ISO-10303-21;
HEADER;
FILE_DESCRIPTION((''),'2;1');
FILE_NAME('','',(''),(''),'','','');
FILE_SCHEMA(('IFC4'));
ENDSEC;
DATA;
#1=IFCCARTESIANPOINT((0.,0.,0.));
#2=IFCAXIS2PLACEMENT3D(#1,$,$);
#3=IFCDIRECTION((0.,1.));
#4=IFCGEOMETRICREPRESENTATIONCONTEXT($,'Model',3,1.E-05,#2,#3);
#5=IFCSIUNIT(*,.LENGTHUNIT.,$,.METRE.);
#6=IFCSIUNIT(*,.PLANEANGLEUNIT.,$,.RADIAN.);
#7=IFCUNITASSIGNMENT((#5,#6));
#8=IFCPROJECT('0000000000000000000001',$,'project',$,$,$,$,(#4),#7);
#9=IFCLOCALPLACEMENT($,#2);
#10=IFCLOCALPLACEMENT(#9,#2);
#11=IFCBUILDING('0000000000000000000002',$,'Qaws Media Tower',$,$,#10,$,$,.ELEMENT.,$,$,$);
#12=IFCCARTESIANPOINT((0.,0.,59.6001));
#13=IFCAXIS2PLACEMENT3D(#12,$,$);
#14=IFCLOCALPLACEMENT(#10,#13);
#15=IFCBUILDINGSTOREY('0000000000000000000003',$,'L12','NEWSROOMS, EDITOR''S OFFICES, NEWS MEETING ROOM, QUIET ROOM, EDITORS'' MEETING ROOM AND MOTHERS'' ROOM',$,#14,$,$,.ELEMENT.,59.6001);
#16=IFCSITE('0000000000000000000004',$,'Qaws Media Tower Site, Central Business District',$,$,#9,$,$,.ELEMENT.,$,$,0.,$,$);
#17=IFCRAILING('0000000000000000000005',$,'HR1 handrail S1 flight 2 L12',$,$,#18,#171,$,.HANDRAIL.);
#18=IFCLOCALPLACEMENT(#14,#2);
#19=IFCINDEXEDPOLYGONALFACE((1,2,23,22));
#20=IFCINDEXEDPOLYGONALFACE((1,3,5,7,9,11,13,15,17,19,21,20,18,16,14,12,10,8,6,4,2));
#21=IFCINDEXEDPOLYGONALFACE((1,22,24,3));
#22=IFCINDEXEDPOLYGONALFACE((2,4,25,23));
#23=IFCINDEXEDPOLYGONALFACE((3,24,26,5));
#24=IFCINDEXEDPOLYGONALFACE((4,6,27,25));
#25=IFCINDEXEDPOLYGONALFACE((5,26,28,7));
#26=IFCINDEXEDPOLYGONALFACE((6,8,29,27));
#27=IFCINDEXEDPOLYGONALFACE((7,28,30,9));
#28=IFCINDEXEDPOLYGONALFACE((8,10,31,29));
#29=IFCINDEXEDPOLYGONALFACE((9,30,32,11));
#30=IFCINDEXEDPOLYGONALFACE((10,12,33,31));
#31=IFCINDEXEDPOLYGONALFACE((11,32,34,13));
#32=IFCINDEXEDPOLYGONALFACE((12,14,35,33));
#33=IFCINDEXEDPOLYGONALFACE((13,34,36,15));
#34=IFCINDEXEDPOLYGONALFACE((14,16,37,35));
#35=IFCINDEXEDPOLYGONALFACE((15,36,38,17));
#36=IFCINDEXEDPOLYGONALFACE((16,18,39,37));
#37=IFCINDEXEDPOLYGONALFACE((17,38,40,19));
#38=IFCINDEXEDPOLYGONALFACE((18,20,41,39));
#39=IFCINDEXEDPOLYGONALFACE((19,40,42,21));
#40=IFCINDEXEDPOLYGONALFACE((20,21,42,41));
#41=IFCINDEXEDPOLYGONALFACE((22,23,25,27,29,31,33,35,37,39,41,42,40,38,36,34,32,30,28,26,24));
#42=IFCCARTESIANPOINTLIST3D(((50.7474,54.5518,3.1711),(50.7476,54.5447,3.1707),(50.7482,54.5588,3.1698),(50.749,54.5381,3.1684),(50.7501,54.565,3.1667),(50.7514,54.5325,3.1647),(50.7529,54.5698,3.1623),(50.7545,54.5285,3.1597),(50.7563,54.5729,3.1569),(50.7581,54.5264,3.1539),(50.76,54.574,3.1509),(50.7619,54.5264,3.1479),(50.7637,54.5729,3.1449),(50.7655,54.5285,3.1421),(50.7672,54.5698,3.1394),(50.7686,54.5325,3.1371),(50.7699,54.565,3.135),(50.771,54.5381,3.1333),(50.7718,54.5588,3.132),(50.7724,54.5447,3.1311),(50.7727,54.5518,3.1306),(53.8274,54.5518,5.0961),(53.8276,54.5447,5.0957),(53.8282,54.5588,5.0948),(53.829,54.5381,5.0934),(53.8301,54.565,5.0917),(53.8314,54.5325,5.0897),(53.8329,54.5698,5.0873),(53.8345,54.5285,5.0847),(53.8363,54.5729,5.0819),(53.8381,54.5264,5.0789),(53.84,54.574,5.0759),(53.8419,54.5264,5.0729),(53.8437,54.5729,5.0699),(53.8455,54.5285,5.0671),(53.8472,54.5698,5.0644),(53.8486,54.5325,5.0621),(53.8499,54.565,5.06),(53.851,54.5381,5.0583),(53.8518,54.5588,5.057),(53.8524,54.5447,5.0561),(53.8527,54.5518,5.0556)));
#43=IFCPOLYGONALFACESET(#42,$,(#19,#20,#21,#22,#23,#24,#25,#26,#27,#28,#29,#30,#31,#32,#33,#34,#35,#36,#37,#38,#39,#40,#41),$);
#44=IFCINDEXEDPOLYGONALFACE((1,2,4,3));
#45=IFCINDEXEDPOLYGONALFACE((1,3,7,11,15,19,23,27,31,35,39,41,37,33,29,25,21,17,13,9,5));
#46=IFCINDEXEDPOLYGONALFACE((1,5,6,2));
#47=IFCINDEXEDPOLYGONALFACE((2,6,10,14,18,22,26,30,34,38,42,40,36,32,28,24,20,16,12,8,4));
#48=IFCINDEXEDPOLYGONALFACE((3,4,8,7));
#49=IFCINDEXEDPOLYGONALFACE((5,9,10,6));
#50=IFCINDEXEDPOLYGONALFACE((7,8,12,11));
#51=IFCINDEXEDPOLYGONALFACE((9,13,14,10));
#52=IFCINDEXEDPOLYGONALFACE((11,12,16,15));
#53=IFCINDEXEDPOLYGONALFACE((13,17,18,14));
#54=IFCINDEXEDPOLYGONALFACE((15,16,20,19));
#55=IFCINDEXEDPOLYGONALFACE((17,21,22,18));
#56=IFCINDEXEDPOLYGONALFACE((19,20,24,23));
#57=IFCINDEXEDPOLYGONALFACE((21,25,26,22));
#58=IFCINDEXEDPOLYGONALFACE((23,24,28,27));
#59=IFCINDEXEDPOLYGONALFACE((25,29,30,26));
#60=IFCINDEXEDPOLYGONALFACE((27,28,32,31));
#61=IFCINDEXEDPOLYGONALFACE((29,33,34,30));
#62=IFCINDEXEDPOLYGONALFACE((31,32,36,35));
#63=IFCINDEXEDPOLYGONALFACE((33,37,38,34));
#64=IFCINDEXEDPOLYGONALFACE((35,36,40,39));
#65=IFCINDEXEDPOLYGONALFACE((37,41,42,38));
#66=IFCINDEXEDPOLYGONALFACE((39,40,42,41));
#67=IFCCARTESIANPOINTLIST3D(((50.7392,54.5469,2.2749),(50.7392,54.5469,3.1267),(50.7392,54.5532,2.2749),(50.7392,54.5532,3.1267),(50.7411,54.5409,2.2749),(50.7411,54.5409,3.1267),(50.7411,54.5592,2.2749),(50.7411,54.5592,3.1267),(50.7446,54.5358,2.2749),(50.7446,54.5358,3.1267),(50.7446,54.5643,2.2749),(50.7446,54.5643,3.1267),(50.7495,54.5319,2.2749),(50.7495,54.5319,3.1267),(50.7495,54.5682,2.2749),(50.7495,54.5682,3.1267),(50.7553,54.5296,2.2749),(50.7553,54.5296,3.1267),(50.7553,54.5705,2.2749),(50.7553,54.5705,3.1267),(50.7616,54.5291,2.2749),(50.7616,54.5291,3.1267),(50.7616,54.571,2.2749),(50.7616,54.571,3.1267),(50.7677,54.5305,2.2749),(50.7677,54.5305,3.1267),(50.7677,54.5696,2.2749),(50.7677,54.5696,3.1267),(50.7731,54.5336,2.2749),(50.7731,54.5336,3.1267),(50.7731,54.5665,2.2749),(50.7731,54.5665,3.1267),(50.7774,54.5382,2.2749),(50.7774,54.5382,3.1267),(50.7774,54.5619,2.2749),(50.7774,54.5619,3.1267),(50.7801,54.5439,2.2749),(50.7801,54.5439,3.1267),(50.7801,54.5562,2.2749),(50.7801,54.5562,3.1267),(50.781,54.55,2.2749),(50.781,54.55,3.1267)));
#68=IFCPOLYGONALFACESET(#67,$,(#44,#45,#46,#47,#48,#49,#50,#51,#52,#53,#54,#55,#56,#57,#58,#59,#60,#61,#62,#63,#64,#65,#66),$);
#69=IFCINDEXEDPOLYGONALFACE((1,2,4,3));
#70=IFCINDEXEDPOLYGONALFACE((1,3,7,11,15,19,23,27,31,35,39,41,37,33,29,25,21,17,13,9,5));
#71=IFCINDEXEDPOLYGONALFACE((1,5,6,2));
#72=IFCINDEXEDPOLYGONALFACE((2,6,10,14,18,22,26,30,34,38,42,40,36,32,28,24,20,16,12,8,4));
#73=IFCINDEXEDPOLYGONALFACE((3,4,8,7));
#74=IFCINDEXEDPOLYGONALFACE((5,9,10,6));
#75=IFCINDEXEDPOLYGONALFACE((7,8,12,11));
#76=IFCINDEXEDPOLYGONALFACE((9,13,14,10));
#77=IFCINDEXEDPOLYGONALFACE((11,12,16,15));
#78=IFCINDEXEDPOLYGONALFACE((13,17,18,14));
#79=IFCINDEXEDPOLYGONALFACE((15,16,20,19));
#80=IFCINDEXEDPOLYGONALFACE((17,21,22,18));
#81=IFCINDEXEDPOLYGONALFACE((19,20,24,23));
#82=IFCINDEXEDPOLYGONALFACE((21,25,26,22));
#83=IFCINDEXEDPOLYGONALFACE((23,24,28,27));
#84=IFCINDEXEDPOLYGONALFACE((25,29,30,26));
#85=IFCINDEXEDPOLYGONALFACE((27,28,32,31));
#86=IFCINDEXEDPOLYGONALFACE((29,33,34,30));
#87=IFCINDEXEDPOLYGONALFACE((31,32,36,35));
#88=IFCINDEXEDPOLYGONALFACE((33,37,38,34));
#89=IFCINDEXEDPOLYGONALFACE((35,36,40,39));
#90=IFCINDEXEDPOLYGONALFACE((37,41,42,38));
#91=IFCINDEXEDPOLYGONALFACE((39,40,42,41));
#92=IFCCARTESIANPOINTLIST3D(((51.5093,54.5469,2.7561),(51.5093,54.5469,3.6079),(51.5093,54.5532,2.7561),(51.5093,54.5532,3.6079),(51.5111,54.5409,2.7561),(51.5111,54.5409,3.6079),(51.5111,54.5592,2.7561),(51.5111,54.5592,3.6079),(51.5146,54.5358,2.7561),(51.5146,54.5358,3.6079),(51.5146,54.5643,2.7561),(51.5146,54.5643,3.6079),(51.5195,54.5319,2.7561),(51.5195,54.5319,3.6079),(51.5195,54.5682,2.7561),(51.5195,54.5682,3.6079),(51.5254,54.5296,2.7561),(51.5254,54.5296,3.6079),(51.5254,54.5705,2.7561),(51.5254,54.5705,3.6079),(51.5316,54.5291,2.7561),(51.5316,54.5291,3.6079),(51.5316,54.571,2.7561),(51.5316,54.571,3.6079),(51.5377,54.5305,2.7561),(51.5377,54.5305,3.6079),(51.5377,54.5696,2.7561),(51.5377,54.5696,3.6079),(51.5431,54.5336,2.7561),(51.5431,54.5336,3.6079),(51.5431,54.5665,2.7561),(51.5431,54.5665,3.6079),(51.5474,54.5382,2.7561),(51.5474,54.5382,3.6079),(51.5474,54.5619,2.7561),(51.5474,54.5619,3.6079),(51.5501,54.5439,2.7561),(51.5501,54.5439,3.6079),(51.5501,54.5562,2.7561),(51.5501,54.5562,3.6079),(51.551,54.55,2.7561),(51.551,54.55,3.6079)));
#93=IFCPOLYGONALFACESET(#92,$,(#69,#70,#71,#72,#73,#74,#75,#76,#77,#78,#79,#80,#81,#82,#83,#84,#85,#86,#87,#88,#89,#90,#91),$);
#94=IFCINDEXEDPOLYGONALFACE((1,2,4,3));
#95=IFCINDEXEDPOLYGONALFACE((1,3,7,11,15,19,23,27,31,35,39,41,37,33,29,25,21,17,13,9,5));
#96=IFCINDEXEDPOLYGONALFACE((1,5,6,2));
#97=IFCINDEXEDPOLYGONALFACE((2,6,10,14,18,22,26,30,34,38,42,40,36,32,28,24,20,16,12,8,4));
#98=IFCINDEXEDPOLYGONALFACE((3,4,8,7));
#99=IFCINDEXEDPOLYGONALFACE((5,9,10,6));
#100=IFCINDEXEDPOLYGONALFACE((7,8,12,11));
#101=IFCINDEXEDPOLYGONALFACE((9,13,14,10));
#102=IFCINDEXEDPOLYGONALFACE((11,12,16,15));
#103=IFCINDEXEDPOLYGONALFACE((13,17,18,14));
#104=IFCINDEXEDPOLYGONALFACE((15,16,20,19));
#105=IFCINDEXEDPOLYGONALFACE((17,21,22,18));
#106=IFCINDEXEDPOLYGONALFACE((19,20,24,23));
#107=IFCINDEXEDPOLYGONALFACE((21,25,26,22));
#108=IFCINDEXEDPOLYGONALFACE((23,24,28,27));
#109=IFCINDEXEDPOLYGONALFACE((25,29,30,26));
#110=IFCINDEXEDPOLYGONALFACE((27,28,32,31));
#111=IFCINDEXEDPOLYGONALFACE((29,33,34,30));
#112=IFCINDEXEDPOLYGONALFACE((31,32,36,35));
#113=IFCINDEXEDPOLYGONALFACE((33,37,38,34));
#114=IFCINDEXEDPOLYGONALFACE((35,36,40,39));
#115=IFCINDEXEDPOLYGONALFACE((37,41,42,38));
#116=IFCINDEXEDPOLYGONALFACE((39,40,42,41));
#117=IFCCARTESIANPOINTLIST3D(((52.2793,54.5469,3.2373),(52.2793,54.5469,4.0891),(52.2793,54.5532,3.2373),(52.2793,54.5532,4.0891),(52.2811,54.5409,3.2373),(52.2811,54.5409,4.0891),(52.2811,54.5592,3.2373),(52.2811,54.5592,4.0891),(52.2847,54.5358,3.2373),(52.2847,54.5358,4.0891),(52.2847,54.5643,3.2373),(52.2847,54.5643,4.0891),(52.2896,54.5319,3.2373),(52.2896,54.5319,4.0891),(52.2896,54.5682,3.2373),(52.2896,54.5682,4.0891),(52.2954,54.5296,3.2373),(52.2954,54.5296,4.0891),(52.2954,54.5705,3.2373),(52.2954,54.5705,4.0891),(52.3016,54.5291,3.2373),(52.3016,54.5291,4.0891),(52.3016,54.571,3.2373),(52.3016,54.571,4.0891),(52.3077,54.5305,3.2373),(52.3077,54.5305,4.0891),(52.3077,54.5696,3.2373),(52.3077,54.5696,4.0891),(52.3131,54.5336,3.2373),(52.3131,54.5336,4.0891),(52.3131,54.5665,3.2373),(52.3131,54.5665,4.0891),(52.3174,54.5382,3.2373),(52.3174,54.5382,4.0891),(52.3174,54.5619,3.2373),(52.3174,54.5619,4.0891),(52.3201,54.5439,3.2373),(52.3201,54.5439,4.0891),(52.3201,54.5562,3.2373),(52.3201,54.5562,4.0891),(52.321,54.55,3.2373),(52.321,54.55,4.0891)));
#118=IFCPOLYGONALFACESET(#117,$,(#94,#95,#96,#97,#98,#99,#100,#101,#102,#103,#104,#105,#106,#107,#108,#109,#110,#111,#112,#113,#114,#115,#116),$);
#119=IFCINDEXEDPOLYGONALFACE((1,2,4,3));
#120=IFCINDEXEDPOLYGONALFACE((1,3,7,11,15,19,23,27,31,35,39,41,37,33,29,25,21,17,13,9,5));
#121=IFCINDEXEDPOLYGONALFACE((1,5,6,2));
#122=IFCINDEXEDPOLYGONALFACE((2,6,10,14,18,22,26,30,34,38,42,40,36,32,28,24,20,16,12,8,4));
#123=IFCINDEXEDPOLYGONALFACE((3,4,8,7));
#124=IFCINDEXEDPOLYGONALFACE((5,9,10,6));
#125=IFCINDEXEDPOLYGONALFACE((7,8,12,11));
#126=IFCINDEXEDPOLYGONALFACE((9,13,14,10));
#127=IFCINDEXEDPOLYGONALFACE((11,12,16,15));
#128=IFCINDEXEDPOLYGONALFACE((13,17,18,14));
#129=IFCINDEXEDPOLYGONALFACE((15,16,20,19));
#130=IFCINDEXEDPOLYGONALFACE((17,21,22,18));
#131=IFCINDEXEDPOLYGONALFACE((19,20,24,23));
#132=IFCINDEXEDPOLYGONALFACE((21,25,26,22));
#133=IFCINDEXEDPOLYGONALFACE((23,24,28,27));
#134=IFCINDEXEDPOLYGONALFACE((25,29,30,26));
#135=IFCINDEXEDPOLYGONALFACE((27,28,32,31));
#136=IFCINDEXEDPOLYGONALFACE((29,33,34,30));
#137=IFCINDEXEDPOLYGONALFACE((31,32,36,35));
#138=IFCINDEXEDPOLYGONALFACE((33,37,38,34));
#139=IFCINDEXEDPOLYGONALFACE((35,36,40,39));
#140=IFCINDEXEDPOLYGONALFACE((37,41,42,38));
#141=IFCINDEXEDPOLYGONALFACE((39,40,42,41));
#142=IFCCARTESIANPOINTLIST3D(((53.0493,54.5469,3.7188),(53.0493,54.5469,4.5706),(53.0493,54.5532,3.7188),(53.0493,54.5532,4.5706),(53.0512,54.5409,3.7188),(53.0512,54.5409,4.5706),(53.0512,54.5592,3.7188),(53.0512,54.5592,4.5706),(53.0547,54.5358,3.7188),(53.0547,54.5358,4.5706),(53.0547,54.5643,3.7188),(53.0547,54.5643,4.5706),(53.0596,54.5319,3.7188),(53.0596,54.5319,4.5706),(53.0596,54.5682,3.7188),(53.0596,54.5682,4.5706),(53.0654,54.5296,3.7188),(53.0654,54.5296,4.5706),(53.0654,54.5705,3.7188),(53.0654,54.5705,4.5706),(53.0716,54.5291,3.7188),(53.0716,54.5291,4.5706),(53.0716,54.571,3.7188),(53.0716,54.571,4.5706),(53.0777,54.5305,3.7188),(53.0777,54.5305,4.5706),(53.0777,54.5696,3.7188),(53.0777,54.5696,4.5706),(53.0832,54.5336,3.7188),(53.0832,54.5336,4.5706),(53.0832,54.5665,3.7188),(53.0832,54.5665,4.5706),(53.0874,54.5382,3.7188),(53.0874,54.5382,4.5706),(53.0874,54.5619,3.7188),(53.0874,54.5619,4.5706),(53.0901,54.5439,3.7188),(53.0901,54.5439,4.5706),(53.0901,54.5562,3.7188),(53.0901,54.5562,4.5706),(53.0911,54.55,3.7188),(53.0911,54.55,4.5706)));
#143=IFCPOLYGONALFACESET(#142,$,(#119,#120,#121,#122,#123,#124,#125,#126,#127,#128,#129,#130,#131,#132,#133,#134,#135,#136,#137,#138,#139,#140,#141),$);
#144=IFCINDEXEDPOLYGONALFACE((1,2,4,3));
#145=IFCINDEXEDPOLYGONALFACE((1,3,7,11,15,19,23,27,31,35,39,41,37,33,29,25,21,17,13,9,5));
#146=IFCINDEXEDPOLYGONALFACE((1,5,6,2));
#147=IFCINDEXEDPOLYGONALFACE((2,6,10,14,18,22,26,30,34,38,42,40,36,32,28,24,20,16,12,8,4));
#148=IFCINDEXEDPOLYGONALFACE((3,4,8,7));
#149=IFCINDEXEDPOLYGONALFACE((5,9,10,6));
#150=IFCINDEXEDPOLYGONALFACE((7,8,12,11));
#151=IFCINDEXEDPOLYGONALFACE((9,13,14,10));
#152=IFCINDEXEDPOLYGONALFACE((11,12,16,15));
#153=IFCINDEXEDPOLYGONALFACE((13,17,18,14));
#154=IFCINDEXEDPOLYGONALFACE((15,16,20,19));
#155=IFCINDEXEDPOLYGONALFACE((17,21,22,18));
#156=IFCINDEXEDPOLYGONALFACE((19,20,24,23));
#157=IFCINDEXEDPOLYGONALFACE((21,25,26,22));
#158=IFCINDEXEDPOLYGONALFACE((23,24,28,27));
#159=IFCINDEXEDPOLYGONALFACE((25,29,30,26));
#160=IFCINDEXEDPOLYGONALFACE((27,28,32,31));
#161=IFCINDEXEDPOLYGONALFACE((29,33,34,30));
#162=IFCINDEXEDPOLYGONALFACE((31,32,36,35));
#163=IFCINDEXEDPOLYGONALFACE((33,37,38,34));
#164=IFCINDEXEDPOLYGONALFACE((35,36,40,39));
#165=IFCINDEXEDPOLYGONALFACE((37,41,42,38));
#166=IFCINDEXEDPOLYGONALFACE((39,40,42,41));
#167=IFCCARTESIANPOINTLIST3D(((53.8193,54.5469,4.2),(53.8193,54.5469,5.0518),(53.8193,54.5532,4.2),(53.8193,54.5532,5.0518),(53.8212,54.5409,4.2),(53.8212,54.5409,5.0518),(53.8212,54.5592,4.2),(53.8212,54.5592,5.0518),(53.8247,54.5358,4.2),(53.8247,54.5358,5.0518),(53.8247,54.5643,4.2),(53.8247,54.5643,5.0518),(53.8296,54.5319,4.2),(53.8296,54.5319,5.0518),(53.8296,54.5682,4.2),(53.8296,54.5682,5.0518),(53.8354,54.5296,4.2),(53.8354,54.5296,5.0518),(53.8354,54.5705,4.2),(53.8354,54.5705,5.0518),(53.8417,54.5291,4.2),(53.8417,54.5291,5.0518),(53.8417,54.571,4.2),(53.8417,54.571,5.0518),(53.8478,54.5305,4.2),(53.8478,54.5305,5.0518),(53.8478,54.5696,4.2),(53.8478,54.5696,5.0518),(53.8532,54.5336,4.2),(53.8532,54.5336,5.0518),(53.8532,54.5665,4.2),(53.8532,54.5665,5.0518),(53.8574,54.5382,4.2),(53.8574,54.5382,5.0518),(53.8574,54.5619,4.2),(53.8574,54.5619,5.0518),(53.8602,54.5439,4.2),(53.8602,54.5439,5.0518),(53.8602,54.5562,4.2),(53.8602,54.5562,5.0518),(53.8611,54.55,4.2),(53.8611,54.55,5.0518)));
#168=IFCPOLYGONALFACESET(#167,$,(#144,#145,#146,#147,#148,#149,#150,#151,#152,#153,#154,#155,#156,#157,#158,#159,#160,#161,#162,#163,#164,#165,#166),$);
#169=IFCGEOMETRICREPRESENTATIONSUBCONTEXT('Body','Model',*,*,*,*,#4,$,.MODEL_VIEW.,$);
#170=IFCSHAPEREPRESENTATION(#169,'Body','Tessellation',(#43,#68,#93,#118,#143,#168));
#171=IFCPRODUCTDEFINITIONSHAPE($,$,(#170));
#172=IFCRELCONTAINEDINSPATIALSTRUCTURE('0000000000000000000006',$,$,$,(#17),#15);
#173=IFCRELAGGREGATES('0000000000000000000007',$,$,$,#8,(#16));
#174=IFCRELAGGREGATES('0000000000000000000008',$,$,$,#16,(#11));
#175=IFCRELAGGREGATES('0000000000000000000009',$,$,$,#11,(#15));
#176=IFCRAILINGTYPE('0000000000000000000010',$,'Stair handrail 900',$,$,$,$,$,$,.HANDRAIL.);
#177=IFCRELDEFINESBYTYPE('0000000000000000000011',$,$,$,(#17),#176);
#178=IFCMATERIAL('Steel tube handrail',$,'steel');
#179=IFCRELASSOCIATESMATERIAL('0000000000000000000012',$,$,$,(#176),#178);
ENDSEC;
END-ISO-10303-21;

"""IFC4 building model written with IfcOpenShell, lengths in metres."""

from ifc_helpers import new_model, si_unit, direction, frame, origin, origin_2d, place, context, subcontext, project, spatial, circle, extrude, material, type_object, element, save


model = new_model("IFC4")

# Units and contexts
model_context = context("Model", 3, precision=1e-05, world=origin(), true_north=direction((0.0, 1.0)))
body_context = subcontext(model_context, "Body", "Model", "MODEL_VIEW")
ifc_project = project(units=[si_unit("LENGTHUNIT", "METRE"), si_unit("PLANEANGLEUNIT", "RADIAN")], contexts=[model_context])

# Site, building, storey
site_placement = place(None, origin())
site = spatial("IfcSite", under=ifc_project, at=site_placement, Name="Qaws Media Tower Site, Central Business District", CompositionType="ELEMENT", RefElevation=0.0)
building_placement = place(site_placement, origin())
building = spatial("IfcBuilding", under=site, at=building_placement, Name="Qaws Media Tower", CompositionType="ELEMENT")
storey_placement = place(building_placement, frame((0.0, 0.0, 59.6001)))
storey = spatial("IfcBuildingStorey", under=building, at=storey_placement, Name="L12", Description="NEWSROOMS, EDITOR'S OFFICES, NEWS MEETING ROOM, QUIET ROOM, EDITORS' MEETING ROOM AND MOTHERS' ROOM", CompositionType="ELEMENT", Elevation=59.6001)

# Railing
ifc_material_1 = material(Name="Steel tube handrail", Category="steel")
railing_type = type_object("IfcRailingType", Name="Stair handrail 900", PredefinedType="HANDRAIL", material=ifc_material_1)
for number, where, name in (
    (1, (50.76, 54.55, 2.2749), "HR1 handrail S1 flight 2 L12"),
):
    element("IfcRailing", number, at=place(storey_placement, frame(where)), inside=storey, type_object=railing_type, Name=name, PredefinedType="HANDRAIL", context=body_context, shape_type="SweptSolid", body=[
        extrude(circle(Radius=0.0239, at=origin_2d()), frame((0.0, 0.0, 0.876), z_axis=(0.847998, 0.0, 0.529999), x_axis=(0.0, 1.0, 0.0)), (0.0, 0.0, 1.0), 3.6321),
        extrude(circle(Radius=0.021, at=origin_2d()), origin(), (0.0, 0.0, 1.0), 0.8518),
        extrude(circle(Radius=0.021, at=origin_2d()), frame((0.77, 0.0, 0.4812)), (0.0, 0.0, 1.0), 0.8518),
        extrude(circle(Radius=0.021, at=origin_2d()), frame((1.54, 0.0, 0.9624)), (0.0, 0.0, 1.0), 0.8518),
        extrude(circle(Radius=0.021, at=origin_2d()), frame((2.3101, 0.0, 1.4438)), (0.0, 0.0, 1.0), 0.8518),
        extrude(circle(Radius=0.021, at=origin_2d()), frame((3.0801, 0.0, 1.925)), (0.0, 0.0, 1.0), 0.8518),
    ])

save(model, "model.ifc")
